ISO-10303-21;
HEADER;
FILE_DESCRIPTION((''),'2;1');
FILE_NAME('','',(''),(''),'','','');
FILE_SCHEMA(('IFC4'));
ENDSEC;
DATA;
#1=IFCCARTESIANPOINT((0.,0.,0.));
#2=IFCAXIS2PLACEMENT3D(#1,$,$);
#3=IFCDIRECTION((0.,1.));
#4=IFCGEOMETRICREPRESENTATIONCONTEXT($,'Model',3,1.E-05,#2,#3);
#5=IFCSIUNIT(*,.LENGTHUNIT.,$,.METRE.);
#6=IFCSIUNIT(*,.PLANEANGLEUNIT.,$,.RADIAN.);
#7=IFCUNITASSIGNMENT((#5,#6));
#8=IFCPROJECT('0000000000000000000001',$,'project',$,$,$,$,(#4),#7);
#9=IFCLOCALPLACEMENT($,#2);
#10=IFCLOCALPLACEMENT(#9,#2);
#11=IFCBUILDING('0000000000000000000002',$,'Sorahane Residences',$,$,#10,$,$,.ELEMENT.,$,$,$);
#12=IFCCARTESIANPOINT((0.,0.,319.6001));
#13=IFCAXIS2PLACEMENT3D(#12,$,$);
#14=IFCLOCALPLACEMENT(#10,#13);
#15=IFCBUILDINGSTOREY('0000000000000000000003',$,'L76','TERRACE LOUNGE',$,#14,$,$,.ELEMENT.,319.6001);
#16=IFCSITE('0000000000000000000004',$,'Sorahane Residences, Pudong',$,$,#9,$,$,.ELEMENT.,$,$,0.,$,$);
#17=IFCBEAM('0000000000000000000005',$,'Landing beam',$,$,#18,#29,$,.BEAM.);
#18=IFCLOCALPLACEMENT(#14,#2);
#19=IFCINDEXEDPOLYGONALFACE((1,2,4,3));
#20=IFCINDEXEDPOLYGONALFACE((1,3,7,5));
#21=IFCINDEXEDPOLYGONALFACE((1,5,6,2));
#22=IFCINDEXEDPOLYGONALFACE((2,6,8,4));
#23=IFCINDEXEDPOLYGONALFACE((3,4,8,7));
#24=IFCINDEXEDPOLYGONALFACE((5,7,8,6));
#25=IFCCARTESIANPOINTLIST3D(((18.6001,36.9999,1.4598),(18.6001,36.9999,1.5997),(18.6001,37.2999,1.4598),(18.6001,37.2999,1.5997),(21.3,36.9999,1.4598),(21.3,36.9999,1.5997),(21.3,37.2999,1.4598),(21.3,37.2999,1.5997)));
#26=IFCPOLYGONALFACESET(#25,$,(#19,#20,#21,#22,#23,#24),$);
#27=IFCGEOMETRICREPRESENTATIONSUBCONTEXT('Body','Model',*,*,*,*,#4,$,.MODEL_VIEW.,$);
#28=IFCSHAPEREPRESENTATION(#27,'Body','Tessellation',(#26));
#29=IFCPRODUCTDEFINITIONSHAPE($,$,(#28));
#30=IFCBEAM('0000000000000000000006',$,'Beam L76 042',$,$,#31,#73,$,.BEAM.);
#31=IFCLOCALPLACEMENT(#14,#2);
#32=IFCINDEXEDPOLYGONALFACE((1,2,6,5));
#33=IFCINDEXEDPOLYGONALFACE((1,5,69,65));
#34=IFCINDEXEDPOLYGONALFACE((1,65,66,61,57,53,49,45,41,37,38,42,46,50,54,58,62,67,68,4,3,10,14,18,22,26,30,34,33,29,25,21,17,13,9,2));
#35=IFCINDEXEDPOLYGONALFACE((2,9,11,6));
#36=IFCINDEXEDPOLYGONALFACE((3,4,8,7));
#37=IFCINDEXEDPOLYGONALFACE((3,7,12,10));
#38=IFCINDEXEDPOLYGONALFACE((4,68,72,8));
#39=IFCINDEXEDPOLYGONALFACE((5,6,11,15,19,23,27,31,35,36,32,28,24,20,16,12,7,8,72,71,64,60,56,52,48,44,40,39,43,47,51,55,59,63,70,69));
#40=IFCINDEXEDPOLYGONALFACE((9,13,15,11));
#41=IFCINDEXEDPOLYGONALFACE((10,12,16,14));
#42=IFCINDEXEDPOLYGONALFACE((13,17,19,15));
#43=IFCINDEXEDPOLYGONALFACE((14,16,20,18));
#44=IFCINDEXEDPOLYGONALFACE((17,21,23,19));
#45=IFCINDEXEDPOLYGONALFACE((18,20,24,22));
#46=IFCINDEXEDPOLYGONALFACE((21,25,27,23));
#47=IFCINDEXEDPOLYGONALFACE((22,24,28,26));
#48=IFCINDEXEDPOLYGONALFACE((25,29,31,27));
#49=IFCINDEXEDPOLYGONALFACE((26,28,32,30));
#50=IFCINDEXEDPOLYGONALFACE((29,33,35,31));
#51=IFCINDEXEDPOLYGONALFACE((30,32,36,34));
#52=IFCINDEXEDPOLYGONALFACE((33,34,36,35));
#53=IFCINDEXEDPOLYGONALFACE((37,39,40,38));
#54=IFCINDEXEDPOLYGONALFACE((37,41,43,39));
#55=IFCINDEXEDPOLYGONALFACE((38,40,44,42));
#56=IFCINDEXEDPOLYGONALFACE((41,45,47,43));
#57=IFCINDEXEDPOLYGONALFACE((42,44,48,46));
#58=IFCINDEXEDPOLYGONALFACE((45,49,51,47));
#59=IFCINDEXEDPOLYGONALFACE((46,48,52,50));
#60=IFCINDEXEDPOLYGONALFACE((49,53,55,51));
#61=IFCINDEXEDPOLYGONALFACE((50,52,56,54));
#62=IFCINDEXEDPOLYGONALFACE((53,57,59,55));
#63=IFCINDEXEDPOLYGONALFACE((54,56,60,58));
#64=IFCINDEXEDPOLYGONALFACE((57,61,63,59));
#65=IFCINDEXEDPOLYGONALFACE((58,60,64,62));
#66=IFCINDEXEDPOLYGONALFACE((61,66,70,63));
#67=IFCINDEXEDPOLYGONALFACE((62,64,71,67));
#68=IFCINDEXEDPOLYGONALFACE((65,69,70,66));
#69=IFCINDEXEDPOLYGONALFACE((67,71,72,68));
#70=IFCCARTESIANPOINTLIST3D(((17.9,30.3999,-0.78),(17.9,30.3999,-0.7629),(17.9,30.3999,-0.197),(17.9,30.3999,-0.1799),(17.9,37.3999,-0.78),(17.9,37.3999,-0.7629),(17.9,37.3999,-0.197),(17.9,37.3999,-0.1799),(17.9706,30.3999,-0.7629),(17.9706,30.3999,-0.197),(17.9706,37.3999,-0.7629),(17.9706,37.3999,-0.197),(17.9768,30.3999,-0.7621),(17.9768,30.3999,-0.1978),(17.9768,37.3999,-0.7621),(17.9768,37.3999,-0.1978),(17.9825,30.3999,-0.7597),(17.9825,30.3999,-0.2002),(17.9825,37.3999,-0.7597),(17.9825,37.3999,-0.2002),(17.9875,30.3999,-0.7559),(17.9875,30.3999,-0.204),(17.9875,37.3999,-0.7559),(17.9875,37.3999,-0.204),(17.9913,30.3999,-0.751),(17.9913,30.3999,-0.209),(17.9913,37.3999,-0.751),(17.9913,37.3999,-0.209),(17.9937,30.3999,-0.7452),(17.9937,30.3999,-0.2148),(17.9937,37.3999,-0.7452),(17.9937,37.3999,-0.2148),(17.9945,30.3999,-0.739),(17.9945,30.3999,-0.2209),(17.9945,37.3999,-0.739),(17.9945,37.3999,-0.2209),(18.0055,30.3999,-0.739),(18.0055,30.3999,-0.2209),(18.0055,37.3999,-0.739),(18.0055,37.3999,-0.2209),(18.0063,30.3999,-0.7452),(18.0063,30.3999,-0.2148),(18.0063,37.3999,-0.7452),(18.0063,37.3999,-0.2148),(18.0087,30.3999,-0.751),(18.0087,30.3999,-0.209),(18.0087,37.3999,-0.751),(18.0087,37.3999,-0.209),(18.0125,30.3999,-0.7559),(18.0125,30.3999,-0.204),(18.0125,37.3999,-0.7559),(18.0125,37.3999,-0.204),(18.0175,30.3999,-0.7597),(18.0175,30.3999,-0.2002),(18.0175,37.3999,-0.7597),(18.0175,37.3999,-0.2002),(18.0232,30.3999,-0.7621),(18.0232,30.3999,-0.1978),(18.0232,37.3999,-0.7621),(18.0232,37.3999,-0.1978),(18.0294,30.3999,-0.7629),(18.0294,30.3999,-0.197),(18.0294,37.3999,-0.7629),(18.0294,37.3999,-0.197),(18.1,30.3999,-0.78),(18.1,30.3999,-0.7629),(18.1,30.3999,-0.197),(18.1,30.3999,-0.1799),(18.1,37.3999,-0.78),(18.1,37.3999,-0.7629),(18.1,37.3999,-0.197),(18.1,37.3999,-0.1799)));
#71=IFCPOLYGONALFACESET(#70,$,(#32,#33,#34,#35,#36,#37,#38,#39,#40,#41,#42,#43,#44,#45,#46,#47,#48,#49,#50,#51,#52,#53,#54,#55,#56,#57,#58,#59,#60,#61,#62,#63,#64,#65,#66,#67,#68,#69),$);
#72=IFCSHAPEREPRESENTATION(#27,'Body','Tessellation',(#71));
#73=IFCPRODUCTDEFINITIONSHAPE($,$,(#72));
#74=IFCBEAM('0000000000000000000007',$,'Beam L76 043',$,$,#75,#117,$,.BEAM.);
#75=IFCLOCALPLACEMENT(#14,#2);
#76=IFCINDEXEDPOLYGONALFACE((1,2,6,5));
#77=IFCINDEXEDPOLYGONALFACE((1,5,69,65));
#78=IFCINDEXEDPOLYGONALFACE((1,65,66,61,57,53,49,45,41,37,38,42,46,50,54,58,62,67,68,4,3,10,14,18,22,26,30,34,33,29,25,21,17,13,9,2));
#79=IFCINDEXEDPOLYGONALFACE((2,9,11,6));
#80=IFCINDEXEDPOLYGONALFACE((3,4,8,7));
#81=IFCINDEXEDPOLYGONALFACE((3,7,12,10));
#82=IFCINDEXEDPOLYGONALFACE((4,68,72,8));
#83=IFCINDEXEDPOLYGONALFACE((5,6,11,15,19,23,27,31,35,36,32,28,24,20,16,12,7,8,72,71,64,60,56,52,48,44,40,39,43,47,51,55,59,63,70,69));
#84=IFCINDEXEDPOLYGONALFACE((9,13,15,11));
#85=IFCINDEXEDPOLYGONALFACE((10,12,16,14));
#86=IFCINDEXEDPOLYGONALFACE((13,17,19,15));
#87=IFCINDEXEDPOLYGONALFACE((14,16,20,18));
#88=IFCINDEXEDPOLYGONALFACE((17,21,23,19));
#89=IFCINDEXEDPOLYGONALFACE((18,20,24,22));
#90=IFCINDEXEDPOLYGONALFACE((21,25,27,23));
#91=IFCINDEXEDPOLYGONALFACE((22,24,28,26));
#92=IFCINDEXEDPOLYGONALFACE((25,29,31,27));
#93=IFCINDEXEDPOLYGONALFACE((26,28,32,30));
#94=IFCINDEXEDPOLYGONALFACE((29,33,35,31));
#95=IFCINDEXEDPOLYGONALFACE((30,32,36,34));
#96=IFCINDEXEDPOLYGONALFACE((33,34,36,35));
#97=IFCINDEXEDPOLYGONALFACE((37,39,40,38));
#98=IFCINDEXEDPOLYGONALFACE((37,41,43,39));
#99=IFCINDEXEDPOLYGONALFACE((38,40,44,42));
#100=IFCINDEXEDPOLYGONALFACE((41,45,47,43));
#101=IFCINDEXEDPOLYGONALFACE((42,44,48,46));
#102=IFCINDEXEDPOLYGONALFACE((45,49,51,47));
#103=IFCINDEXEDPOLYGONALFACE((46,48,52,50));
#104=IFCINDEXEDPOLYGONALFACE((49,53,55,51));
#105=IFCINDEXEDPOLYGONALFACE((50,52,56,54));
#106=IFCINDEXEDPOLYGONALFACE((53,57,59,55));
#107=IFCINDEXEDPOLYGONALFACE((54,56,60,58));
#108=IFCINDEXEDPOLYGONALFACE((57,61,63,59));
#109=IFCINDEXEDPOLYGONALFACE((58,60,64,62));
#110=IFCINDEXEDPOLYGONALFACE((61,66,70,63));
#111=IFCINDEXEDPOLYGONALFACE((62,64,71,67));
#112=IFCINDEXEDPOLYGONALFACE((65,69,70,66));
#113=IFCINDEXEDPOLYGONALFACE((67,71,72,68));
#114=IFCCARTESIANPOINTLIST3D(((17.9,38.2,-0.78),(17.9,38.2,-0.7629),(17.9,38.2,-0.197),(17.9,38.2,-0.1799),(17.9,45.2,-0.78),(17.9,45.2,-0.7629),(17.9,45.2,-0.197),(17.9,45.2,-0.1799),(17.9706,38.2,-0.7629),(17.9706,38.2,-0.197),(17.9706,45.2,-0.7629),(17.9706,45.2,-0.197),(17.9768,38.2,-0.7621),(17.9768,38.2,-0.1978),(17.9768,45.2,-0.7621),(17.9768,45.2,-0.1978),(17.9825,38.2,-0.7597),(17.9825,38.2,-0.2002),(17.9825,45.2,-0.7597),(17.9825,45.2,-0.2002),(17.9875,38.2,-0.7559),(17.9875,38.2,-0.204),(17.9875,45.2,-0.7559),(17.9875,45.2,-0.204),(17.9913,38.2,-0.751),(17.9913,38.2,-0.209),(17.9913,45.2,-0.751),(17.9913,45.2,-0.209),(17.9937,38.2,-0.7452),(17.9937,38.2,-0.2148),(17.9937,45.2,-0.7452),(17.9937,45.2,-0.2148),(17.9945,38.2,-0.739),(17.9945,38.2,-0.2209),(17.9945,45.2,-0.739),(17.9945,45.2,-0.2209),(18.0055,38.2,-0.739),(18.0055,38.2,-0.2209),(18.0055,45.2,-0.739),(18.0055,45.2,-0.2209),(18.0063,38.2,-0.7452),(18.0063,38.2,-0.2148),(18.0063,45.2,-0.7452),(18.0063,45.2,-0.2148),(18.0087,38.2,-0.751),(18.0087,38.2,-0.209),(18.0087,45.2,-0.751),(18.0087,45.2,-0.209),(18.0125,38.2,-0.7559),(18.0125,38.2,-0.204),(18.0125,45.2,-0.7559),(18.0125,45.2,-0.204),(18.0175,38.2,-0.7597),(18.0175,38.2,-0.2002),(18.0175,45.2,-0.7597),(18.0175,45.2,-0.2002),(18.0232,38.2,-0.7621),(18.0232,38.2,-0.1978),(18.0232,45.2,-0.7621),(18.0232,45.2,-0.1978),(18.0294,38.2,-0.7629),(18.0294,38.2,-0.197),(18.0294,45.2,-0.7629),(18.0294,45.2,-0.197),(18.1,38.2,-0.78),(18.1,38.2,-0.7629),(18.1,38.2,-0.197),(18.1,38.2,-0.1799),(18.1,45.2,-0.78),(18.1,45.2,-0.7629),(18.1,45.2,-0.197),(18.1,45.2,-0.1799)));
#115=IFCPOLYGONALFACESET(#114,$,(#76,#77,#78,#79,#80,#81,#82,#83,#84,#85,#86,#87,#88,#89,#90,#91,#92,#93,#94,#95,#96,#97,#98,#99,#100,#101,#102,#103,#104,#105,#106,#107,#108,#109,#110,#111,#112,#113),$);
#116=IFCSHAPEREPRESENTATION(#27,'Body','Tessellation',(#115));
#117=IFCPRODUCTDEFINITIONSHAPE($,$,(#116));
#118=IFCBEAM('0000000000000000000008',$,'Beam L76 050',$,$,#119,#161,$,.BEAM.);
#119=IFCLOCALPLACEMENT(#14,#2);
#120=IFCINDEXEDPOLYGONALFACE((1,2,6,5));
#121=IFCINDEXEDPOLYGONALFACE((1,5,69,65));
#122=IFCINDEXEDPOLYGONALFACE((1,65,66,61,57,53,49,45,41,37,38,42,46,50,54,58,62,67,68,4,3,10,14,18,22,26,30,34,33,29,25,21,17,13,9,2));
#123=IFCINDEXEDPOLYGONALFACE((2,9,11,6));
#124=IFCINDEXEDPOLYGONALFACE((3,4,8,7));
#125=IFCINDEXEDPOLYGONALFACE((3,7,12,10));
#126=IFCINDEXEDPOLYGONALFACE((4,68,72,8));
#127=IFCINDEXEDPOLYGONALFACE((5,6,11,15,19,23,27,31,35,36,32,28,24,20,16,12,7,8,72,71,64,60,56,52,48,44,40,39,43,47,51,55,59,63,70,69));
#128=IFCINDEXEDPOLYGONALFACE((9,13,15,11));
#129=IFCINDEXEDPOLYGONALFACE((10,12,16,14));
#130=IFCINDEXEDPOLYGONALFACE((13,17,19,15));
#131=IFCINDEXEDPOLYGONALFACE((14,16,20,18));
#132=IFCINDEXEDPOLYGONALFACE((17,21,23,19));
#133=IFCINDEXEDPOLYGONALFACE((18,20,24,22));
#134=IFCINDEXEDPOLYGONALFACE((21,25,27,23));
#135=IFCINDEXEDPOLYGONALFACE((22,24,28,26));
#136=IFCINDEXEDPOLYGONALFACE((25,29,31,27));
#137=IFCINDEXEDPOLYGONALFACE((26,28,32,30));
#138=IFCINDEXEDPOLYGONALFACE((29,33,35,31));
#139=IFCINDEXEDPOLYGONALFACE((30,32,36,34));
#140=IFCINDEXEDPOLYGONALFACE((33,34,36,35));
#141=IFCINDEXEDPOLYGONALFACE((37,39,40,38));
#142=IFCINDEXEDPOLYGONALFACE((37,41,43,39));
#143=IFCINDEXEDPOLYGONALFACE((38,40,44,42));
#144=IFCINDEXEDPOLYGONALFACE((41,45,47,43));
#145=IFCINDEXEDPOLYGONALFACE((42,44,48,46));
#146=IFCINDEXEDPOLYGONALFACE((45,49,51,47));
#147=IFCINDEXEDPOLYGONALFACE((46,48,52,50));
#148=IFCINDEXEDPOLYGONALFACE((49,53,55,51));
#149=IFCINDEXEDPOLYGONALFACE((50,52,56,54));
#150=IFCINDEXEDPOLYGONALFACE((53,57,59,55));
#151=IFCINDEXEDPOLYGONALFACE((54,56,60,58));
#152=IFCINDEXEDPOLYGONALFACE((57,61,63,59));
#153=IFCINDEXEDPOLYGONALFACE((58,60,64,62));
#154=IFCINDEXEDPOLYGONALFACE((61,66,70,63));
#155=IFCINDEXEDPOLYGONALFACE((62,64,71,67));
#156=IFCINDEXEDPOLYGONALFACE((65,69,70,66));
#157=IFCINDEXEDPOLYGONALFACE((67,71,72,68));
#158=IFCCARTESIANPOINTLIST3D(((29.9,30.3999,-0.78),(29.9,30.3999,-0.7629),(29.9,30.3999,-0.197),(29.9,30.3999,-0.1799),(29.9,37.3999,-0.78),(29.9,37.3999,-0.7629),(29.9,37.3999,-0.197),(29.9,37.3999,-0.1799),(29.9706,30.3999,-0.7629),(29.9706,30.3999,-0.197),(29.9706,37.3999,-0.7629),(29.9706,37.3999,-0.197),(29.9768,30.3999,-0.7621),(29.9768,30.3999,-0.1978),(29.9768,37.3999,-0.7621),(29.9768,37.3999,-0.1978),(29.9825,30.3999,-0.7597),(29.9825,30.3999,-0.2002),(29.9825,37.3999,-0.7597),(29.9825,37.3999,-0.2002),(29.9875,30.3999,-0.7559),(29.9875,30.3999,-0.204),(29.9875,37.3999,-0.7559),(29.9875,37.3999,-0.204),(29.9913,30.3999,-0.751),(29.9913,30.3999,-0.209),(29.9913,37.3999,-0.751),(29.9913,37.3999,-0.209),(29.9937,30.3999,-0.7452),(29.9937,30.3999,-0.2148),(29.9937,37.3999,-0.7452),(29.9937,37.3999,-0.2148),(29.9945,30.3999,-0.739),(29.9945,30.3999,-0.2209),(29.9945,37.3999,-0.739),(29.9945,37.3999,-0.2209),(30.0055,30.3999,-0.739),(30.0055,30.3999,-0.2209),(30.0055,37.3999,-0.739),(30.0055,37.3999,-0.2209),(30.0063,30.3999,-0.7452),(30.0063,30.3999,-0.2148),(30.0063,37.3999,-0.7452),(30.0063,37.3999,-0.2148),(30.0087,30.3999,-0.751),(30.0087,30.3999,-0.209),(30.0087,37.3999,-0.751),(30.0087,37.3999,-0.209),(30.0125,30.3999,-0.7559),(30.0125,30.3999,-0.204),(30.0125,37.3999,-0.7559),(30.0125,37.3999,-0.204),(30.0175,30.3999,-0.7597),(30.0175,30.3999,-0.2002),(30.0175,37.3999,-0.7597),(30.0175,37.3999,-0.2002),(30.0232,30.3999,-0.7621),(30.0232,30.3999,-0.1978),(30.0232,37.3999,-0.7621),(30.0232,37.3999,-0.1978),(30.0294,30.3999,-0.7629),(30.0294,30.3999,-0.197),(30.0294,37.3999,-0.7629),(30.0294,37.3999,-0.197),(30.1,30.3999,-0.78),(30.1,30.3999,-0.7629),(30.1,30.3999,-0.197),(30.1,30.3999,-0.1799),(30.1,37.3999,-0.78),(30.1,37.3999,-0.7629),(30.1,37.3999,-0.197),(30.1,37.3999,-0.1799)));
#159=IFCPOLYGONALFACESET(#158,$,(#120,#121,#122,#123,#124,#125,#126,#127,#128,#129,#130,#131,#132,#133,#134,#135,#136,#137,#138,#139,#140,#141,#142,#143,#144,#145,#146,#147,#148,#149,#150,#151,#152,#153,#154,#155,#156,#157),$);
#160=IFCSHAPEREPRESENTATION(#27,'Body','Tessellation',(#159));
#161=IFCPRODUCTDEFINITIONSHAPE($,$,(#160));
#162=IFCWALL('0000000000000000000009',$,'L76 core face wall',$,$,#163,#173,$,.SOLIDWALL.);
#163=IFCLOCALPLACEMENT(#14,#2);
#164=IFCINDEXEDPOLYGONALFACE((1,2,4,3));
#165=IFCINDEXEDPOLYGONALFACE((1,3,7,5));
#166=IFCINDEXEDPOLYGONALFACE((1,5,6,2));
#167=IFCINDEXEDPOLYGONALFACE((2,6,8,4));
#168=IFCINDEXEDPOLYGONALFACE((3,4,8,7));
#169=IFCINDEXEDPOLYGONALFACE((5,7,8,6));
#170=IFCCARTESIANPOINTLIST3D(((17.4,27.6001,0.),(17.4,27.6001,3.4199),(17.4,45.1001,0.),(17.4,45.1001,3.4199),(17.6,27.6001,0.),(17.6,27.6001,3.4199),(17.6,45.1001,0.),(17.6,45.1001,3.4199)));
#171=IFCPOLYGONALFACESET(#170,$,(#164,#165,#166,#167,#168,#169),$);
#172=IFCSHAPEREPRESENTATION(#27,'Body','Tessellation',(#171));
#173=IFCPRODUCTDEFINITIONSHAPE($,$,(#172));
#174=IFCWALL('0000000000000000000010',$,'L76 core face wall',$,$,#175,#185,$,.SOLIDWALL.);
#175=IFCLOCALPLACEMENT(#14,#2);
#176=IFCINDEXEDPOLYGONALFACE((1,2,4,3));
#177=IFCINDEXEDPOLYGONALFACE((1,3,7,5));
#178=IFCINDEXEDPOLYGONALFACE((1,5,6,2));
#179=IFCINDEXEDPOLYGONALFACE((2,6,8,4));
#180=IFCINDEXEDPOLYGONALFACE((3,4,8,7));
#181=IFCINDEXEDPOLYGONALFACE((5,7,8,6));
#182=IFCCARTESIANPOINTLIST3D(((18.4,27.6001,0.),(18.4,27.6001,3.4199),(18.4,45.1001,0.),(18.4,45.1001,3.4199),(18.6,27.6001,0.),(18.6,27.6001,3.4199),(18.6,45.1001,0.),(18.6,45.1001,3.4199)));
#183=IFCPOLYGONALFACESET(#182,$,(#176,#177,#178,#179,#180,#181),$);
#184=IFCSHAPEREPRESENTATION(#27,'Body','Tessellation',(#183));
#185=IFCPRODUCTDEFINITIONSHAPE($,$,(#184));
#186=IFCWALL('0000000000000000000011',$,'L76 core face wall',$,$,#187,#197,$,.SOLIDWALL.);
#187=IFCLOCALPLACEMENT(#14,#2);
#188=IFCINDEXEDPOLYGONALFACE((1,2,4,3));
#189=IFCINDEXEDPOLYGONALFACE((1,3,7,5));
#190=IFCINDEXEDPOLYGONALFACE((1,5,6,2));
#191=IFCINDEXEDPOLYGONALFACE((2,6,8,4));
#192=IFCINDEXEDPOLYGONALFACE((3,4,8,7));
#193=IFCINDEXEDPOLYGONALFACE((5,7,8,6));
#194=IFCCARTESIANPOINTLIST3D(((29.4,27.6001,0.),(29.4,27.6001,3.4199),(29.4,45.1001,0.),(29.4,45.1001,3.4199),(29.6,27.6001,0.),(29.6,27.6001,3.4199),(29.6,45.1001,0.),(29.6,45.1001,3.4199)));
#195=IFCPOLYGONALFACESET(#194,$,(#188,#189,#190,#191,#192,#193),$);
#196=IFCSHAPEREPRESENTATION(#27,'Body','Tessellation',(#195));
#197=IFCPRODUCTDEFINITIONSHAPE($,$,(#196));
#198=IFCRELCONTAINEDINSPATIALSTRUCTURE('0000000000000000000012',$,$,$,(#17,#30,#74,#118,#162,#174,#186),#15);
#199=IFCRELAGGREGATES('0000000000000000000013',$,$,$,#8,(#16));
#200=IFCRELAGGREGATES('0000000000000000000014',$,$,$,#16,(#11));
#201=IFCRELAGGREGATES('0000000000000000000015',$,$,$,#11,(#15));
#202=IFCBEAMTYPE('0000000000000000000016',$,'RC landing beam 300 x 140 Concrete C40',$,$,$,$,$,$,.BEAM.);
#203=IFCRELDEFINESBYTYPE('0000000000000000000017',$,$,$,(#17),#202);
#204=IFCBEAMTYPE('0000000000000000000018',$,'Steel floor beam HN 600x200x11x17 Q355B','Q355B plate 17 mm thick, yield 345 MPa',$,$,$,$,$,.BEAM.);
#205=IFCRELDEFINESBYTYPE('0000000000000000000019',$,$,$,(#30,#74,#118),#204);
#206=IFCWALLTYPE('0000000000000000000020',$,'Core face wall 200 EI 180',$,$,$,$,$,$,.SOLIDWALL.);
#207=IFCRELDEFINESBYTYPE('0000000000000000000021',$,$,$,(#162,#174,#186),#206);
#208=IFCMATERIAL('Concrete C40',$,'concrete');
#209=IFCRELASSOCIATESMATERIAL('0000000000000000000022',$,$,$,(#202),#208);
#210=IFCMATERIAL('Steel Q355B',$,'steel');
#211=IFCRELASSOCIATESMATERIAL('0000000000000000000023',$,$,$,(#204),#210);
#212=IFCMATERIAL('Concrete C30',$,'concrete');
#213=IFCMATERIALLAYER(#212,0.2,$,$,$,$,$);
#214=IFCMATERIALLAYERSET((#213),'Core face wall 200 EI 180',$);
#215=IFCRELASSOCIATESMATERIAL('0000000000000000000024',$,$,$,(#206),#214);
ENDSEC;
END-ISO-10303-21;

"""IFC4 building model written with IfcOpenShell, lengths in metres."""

from ifc_helpers import new_model, si_unit, direction, frame, frame_2d, origin, origin_2d, place, context, subcontext, project, spatial, rectangle, i_section, extrude, material, layer, layer_set, material_profile, profile_set, type_object, element, save


model = new_model("IFC4")

# Units and contexts
model_context = context("Model", 3, precision=1e-05, world=origin(), true_north=direction((0.0, 1.0)))
body_context = subcontext(model_context, "Body", "Model", "MODEL_VIEW")
ifc_project = project(units=[si_unit("LENGTHUNIT", "METRE"), si_unit("PLANEANGLEUNIT", "RADIAN")], contexts=[model_context])

# Site, building, storey
site_placement = place(None, origin())
site = spatial("IfcSite", under=ifc_project, at=site_placement, Name="Sorahane Residences, Pudong", CompositionType="ELEMENT", RefElevation=0.0)
building_placement = place(site_placement, origin())
building = spatial("IfcBuilding", under=site, at=building_placement, Name="Sorahane Residences", CompositionType="ELEMENT")
storey_placement = place(building_placement, frame((0.0, 0.0, 319.6001)))
storey = spatial("IfcBuildingStorey", under=building, at=storey_placement, Name="L76", Description="TERRACE LOUNGE", CompositionType="ELEMENT", Elevation=319.6001)

# Beams
ifc_material_1 = material(Name="Concrete C40", Category="concrete")
ifc_material_profile_1 = material_profile(ifc_material_1, rectangle(XDim=0.3, YDim=0.1399, at=origin_2d()), Name="300x140")
ifc_profile_set_1 = profile_set([ifc_material_profile_1], Name="Concrete C40")
beam_type_1 = type_object("IfcBeamType", Name="RC landing beam 300 x 140 Concrete C40", PredefinedType="BEAM", material=ifc_profile_set_1)
beam_placement = place(storey_placement, frame((18.6001, 37.1499, 1.5298), z_axis=(1.0, 0.0, 0.0), x_axis=(0.0, 1.0, 0.0)))
element("IfcBeam", 1, at=beam_placement, inside=storey, type_object=beam_type_1, Name="Landing beam", PredefinedType="BEAM", context=body_context, shape_type="SweptSolid", body=[
    extrude(rectangle(XDim=0.3, YDim=0.1399, at=origin_2d()), origin(), (0.0, 0.0, 1.0), 2.7),
])
ifc_material_2 = material(Name="Steel Q355B", Category="steel")
ifc_material_profile_2 = material_profile(ifc_material_2, i_section(OverallWidth=0.2, OverallDepth=0.6001, WebThickness=0.011, FlangeThickness=0.0171, FilletRadius=0.0239, at=origin_2d()), Name="HN 600x200x11x17")
ifc_profile_set_2 = profile_set([ifc_material_profile_2], Name="Steel Q355B")
beam_type_2 = type_object("IfcBeamType", Name="Steel floor beam HN 600x200x11x17 Q355B", Description="Q355B plate 17 mm thick, yield 345 MPa", PredefinedType="BEAM", material=ifc_profile_set_2)
for number, where, z_axis, x_axis, name in (
    (2, (18.0, 30.3999, -0.48), (0.0, 1.0, 0.0), (-1.0, 0.0, 0.0), "Beam L76 042"),
    (3, (18.0, 38.2, -0.48), (0.0, 1.0, 0.0), (-1.0, 0.0, 0.0), "Beam L76 043"),
    (4, (30.0, 30.3999, -0.48), (0.0, 1.0, 0.0), (-1.0, 0.0, 0.0), "Beam L76 050"),
):
    element("IfcBeam", number, at=place(storey_placement, frame(where, z_axis=z_axis, x_axis=x_axis)), inside=storey, type_object=beam_type_2, Name=name, PredefinedType="BEAM", context=body_context, shape_type="SweptSolid", body=[
        extrude(i_section(OverallWidth=0.2, OverallDepth=0.6001, WebThickness=0.011, FlangeThickness=0.0171, FilletRadius=0.0239, at=origin_2d()), origin(), (0.0, 0.0, 1.0), 7.0),
    ])

# Walls
ifc_material_3 = material(Name="Concrete C30", Category="concrete")
ifc_layer_1 = layer(ifc_material_3, 0.2)
ifc_layer_set_1 = layer_set([ifc_layer_1], Name="Core face wall 200 EI 180")
wall_type_1 = type_object("IfcWallType", Name="Core face wall 200 EI 180", PredefinedType="SOLIDWALL", material=ifc_layer_set_1)
for number, where, z_axis, x_axis, name in (
    (5, (17.5, 27.6001, 0.0), (0.0, 0.0, 1.0), (0.0, 1.0, 0.0), "L76 core face wall"),
    (6, (18.5, 27.6001, 0.0), (0.0, 0.0, 1.0), (0.0, 1.0, 0.0), "L76 core face wall"),
    (7, (29.5, 27.6001, 0.0), (0.0, 0.0, 1.0), (0.0, 1.0, 0.0), "L76 core face wall"),
):
    element("IfcWall", number, at=place(storey_placement, frame(where, z_axis=z_axis, x_axis=x_axis)), inside=storey, type_object=wall_type_1, Name=name, PredefinedType="SOLIDWALL", context=body_context, shape_type="SweptSolid", body=[
        extrude(rectangle(XDim=17.5, YDim=0.2, at=frame_2d((8.75, 0.0))), origin(), (0.0, 0.0, 1.0), 3.4199),
    ])

save(model, "model.ifc")
